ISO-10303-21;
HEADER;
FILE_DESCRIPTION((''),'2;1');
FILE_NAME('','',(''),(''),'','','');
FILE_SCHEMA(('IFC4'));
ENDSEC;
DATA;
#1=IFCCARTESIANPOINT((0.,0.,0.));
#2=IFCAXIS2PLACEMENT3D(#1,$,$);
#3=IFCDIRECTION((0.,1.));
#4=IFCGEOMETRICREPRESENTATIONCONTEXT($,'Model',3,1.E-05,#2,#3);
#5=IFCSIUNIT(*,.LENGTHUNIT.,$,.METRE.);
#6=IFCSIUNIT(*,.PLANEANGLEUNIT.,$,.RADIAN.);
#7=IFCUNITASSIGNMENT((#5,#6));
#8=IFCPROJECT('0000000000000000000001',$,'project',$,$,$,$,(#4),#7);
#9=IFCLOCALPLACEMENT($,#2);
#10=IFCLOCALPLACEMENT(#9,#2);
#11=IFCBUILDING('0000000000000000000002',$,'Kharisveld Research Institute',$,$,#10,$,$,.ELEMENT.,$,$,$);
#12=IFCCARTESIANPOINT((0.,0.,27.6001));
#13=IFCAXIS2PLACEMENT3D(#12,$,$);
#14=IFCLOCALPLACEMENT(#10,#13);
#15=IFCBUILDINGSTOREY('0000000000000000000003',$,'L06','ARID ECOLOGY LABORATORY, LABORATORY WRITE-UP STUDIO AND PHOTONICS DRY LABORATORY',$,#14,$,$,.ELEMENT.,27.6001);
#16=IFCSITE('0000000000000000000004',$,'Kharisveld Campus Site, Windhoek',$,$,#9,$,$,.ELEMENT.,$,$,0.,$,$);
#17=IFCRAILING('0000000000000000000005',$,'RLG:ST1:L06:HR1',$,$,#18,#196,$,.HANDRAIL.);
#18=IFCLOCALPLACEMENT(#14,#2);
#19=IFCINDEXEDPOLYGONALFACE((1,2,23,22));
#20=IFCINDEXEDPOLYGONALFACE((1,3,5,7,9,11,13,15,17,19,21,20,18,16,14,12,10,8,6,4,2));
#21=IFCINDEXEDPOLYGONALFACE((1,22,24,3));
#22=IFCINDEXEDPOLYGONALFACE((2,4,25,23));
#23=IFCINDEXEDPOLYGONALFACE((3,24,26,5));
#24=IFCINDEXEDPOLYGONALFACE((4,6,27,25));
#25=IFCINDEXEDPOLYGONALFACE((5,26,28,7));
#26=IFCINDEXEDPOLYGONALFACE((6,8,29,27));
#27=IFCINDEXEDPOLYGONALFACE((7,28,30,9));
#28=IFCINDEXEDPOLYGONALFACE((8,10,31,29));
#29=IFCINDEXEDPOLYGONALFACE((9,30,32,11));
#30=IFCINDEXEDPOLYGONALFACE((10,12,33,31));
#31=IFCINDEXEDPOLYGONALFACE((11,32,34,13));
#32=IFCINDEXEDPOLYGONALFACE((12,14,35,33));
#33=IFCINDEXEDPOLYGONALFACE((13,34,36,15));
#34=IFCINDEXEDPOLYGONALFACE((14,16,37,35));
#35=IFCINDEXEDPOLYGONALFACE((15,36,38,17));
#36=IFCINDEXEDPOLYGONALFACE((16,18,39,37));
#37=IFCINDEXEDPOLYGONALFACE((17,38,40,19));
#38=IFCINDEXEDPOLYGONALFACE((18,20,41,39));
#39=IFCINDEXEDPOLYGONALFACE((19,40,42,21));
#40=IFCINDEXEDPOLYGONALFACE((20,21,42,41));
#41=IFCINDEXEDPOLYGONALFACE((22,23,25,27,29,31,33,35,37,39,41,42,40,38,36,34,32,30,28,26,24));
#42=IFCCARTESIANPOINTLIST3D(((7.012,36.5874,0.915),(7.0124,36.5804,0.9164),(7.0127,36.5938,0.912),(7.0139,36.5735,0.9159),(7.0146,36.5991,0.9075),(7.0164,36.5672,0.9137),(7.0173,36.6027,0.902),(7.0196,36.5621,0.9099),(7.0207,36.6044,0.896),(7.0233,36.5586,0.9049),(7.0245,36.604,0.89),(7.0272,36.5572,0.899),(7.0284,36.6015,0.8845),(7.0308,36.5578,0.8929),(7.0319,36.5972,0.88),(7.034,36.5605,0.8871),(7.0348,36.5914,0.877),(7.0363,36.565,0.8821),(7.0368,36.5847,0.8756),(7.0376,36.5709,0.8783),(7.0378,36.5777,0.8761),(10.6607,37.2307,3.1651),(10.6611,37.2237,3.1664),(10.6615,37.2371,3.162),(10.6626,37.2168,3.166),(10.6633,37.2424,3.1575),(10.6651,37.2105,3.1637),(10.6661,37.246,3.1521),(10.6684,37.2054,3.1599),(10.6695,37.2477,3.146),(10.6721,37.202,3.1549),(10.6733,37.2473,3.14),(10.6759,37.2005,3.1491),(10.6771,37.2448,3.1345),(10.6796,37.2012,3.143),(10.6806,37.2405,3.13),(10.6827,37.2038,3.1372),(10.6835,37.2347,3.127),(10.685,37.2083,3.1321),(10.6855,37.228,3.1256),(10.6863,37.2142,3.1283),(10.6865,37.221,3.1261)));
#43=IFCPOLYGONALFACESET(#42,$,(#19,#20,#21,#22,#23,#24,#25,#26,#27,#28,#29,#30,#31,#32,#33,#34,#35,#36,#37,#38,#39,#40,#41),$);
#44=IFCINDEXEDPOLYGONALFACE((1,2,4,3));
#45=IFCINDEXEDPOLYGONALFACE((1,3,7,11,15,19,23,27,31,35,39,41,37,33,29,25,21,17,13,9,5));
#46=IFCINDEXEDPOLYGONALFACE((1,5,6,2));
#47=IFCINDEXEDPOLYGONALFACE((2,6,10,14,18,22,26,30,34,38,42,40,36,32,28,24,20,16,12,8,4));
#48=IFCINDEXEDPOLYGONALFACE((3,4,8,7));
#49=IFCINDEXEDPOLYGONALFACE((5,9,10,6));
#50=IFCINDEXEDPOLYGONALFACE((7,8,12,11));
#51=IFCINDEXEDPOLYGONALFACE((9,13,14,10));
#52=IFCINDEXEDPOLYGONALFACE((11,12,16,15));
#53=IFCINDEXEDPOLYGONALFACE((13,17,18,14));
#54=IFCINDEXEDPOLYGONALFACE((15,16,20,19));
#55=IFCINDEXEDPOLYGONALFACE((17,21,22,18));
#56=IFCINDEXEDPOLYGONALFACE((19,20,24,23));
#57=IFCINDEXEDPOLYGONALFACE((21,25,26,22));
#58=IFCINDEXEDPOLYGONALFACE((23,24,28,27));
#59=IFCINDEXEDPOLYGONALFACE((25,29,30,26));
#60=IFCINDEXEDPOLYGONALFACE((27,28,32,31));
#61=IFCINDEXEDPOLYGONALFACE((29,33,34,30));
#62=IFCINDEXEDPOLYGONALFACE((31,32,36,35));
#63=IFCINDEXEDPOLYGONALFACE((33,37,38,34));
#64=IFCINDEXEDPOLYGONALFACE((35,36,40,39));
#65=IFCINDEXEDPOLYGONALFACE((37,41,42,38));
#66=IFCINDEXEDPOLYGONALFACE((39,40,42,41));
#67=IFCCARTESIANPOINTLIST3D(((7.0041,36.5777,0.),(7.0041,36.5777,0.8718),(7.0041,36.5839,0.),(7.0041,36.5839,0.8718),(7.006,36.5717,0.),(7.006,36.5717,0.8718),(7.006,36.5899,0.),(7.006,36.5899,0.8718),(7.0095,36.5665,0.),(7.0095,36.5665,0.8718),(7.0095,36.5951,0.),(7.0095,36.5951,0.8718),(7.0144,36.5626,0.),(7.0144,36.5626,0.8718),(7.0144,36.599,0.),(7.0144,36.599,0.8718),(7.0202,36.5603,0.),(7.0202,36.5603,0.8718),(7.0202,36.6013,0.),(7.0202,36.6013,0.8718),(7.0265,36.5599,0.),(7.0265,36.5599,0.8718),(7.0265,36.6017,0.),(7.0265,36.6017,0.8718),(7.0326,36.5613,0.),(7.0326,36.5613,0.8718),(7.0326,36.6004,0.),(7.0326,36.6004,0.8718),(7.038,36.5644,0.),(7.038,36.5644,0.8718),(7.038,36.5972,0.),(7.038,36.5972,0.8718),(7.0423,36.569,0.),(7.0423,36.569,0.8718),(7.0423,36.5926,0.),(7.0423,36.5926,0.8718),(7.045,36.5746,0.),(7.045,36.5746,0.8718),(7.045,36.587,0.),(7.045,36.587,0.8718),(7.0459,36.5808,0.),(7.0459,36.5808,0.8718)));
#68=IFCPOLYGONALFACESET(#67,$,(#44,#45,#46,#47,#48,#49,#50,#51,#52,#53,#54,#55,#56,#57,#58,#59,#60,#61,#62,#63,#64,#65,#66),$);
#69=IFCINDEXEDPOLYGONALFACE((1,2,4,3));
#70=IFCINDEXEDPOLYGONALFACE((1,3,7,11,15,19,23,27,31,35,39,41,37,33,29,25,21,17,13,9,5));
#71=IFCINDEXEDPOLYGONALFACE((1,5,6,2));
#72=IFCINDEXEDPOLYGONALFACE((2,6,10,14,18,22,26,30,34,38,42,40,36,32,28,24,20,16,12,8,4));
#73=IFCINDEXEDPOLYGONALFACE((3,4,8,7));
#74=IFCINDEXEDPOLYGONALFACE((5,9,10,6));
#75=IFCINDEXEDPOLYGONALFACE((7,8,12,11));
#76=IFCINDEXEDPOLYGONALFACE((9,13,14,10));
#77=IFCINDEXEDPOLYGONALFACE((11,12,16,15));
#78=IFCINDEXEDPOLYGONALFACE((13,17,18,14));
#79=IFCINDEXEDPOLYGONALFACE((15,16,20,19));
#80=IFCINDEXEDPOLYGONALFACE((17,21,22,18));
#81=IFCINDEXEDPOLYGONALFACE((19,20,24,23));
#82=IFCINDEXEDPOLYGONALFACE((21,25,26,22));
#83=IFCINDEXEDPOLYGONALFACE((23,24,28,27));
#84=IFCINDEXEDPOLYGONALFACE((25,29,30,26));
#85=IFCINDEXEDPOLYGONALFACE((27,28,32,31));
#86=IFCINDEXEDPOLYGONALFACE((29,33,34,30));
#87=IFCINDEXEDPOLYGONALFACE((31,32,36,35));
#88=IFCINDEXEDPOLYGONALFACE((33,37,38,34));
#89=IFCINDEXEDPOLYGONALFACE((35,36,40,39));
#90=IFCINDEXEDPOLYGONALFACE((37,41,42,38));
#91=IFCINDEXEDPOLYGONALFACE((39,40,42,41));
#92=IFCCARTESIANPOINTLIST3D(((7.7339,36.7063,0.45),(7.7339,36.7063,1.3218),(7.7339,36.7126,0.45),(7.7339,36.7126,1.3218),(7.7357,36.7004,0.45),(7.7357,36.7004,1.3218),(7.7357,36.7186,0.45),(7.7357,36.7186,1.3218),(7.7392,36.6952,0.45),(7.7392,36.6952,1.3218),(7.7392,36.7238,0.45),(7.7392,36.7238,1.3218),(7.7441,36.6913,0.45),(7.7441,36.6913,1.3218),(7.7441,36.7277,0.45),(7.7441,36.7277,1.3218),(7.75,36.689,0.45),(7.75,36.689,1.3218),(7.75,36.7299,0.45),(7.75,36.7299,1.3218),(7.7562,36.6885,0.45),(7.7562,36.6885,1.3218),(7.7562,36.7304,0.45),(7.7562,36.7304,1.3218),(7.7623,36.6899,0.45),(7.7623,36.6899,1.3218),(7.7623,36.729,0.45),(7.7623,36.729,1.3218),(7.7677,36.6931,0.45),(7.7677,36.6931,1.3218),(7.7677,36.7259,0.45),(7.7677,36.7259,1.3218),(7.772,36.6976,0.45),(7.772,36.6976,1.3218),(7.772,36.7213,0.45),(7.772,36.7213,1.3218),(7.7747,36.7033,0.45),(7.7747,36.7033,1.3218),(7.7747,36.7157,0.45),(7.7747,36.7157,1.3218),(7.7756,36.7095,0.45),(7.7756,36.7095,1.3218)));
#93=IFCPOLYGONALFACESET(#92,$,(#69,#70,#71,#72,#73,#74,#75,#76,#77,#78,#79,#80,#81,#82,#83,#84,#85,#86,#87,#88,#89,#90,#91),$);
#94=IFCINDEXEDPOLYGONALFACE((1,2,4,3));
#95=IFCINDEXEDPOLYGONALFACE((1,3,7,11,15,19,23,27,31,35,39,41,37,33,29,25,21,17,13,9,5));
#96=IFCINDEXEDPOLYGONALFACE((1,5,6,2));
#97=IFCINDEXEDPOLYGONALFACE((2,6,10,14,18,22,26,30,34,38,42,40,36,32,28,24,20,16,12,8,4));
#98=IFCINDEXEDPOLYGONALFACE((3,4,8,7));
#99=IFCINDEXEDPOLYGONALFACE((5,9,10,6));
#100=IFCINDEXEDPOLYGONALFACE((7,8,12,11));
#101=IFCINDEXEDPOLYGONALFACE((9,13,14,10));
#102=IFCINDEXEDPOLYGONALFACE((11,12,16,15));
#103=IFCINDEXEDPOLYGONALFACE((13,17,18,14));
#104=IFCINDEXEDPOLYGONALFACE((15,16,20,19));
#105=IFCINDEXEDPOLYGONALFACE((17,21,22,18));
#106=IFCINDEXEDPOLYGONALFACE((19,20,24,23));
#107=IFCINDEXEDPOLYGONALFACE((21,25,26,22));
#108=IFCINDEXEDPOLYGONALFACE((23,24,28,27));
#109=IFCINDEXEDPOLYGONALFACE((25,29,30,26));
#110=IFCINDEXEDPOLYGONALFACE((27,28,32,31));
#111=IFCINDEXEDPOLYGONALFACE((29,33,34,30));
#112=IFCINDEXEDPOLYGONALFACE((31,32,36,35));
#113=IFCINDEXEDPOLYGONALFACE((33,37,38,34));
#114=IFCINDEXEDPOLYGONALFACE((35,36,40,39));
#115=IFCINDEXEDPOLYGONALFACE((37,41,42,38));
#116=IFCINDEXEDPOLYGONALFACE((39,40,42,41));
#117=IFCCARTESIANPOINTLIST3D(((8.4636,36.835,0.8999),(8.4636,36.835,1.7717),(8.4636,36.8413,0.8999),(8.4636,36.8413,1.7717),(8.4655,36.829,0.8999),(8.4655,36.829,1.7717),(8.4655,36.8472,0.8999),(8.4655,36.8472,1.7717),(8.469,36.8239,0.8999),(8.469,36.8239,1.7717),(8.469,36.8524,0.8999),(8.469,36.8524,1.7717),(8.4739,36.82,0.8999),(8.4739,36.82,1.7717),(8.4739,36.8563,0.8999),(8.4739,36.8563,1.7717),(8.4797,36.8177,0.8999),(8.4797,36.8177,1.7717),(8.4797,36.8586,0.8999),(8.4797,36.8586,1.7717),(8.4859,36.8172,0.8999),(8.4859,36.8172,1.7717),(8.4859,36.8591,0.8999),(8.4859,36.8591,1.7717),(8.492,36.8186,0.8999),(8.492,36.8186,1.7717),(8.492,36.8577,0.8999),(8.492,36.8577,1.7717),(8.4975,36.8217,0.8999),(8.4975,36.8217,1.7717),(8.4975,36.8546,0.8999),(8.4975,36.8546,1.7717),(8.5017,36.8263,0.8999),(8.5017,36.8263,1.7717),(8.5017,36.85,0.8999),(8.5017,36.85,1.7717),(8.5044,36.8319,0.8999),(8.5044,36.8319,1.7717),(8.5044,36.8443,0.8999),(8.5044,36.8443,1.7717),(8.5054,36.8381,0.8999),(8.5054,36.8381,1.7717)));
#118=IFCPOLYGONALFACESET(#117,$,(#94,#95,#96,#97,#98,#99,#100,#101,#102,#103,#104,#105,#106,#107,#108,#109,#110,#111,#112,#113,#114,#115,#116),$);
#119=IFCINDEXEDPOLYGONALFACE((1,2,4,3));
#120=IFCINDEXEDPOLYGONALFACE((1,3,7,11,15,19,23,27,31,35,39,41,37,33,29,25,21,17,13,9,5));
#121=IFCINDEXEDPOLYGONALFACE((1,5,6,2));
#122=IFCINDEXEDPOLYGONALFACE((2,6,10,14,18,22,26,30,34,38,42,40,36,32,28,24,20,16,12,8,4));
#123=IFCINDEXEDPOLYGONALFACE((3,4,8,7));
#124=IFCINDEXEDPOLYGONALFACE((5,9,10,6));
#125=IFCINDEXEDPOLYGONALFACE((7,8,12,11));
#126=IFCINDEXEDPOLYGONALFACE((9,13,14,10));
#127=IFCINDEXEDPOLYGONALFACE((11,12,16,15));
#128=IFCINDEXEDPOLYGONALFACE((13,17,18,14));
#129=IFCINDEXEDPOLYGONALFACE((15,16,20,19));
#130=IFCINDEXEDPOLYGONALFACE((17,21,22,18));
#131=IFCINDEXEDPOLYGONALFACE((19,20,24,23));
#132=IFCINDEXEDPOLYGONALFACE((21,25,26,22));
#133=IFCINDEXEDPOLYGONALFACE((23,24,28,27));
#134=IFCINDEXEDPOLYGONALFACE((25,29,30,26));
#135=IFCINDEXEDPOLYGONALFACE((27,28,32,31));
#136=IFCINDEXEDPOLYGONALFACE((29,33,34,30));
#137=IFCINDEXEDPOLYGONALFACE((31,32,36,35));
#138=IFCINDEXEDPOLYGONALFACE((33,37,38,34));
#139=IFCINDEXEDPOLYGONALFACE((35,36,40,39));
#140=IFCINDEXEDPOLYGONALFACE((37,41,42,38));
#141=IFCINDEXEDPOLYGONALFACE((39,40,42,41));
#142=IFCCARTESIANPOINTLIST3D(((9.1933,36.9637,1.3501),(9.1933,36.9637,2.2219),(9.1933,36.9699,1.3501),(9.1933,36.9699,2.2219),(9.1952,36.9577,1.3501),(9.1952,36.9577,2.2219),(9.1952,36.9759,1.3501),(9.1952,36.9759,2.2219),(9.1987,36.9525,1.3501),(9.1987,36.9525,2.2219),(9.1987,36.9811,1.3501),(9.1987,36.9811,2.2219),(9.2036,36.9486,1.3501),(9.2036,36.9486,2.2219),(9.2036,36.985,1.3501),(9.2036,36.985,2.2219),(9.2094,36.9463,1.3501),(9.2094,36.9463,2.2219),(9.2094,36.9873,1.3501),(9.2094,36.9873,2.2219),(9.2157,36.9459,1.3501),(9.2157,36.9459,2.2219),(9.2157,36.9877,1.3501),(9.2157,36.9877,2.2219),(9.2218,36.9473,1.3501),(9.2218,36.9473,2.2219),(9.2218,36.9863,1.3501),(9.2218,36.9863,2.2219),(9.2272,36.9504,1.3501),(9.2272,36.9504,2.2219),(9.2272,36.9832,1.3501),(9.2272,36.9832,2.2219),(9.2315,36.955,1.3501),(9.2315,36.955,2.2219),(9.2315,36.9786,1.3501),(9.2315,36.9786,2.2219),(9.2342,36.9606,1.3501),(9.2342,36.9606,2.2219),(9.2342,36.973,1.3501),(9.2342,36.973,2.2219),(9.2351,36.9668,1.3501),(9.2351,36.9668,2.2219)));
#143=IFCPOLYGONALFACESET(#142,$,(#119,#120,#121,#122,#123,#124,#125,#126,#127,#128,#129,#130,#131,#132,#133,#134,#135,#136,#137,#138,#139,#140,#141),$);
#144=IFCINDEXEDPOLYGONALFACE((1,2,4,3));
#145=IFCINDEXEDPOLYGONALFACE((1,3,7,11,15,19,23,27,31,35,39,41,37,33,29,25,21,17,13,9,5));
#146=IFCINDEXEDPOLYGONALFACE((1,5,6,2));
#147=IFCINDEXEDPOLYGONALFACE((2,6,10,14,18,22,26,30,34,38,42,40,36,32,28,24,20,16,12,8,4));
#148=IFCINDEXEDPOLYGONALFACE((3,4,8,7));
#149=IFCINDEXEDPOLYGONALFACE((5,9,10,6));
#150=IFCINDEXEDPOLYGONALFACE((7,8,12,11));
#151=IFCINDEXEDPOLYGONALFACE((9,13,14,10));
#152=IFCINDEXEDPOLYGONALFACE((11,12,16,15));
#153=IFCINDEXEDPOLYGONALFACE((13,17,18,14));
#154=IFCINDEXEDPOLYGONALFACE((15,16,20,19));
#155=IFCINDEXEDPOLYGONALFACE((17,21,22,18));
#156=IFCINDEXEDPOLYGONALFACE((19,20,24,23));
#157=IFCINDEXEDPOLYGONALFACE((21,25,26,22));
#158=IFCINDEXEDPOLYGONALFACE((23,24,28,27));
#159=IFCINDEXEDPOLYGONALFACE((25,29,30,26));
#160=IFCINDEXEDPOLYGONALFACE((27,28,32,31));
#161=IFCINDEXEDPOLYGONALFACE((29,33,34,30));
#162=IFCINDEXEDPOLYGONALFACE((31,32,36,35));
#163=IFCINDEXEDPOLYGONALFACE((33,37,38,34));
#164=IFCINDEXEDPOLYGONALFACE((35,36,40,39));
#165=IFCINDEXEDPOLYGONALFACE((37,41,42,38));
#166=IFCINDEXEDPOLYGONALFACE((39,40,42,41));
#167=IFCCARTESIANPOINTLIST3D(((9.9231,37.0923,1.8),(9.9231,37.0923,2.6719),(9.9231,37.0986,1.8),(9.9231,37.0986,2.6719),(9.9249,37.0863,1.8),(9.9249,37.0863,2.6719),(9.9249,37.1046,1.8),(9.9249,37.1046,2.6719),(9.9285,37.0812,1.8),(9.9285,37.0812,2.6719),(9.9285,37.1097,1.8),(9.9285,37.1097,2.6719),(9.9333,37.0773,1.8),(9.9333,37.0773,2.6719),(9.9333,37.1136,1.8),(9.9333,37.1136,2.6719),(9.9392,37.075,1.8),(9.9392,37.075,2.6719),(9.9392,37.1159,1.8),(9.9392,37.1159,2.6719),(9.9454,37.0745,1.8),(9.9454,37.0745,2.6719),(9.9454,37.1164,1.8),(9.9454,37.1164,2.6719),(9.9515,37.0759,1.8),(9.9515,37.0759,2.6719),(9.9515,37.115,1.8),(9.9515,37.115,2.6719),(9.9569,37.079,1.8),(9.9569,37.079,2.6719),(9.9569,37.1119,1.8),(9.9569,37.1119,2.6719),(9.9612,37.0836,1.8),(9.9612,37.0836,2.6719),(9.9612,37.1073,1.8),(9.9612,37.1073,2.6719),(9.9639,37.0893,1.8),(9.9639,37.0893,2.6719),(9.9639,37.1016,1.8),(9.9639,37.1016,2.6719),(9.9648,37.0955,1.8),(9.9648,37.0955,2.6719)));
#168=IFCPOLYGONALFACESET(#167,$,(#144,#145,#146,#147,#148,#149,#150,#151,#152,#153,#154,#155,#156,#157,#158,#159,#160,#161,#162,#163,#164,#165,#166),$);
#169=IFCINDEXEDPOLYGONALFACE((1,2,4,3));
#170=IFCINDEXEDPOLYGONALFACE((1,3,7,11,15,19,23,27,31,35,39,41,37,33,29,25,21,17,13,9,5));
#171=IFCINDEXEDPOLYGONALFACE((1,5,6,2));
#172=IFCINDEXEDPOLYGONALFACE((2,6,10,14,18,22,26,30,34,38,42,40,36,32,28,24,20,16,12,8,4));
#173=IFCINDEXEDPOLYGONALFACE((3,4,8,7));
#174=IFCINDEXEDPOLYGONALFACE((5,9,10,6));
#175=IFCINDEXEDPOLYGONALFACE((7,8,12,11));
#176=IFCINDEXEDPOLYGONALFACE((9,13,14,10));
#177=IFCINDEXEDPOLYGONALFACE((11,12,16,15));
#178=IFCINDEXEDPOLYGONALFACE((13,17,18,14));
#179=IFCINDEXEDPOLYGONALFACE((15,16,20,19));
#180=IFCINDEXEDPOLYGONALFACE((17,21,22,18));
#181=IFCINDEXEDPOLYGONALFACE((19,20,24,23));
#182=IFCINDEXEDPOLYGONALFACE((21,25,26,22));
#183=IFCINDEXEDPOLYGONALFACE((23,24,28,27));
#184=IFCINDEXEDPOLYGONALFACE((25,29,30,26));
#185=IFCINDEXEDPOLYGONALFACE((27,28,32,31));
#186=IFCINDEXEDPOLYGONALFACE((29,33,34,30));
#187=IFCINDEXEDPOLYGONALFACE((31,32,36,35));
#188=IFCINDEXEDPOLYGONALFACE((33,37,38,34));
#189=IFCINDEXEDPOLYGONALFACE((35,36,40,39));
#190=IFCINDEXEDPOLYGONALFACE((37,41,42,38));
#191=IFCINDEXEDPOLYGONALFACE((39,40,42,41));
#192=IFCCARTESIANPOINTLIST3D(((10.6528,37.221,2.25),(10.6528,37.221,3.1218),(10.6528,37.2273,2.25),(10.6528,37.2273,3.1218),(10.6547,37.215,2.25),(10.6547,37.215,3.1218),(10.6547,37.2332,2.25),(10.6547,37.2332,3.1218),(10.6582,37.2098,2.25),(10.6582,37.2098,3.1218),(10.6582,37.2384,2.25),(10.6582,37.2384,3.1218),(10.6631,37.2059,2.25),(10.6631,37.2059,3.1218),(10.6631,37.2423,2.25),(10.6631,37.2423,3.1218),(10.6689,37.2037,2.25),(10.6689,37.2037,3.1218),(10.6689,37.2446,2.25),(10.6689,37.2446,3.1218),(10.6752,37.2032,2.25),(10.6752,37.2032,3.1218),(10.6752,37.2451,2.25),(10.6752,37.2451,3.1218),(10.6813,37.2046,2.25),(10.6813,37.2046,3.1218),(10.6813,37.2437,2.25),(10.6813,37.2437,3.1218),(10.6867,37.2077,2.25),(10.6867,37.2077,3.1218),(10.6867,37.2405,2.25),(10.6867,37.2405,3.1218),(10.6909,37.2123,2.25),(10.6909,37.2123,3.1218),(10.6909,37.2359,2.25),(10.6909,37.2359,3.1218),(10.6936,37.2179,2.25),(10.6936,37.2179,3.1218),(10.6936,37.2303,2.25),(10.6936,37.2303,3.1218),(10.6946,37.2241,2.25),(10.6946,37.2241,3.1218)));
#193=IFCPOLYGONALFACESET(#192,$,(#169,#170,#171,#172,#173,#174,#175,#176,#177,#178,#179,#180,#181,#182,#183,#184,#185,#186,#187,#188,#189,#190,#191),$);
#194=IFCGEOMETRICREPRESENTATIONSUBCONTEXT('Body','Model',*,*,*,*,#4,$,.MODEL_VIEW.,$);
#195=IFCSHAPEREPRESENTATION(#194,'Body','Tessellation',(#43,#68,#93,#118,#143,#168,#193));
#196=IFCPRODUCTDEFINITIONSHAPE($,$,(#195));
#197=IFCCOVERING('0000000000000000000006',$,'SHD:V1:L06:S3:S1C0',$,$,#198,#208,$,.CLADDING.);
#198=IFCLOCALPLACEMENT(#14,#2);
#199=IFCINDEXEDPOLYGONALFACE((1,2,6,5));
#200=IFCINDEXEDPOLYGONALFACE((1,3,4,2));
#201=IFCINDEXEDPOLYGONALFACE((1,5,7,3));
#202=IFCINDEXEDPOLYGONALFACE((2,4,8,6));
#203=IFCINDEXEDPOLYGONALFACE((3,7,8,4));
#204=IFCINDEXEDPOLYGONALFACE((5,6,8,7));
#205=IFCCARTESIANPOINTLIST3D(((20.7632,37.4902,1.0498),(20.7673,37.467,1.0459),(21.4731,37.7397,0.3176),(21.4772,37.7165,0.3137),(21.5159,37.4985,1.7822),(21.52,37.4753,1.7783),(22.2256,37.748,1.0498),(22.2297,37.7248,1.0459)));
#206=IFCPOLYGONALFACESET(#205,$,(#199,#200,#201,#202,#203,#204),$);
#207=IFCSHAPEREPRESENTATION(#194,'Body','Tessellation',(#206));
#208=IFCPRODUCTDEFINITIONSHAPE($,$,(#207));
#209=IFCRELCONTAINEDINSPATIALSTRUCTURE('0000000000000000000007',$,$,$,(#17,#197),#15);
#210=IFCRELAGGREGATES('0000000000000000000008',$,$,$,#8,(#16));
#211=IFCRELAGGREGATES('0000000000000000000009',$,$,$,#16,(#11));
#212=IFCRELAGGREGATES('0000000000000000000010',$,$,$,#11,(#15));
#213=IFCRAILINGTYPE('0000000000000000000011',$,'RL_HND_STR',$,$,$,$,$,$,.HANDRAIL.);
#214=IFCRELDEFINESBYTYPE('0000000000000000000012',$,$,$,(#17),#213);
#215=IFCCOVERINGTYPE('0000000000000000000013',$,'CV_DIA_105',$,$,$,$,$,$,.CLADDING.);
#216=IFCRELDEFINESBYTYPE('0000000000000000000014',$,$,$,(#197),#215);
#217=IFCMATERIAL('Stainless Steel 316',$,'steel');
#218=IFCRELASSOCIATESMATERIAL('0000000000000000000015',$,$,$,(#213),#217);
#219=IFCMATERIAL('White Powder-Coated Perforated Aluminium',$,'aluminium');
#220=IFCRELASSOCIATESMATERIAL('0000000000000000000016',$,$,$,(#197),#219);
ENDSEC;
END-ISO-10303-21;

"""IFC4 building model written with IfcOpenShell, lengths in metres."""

from ifc_helpers import new_model, si_unit, direction, frame, origin, origin_2d, place, context, subcontext, project, spatial, polyline, circle, outline, extrude, material, type_object, element, save


model = new_model("IFC4")

# Units and contexts
model_context = context("Model", 3, precision=1e-05, world=origin(), true_north=direction((0.0, 1.0)))
body_context = subcontext(model_context, "Body", "Model", "MODEL_VIEW")
ifc_project = project(units=[si_unit("LENGTHUNIT", "METRE"), si_unit("PLANEANGLEUNIT", "RADIAN")], contexts=[model_context])

# Site, building, storey
site_placement = place(None, origin())
site = spatial("IfcSite", under=ifc_project, at=site_placement, Name="Kharisveld Campus Site, Windhoek", CompositionType="ELEMENT", RefElevation=0.0)
building_placement = place(site_placement, origin())
building = spatial("IfcBuilding", under=site, at=building_placement, Name="Kharisveld Research Institute", CompositionType="ELEMENT")
storey_placement = place(building_placement, frame((0.0, 0.0, 27.6001)))
storey = spatial("IfcBuildingStorey", under=building, at=storey_placement, Name="L06", Description="ARID ECOLOGY LABORATORY, LABORATORY WRITE-UP STUDIO AND PHOTONICS DRY LABORATORY", CompositionType="ELEMENT", Elevation=27.6001)

# Railing
ifc_material_1 = material(Name="Stainless Steel 316", Category="steel")
railing_type = type_object("IfcRailingType", Name="RL_HND_STR", PredefinedType="HANDRAIL", material=ifc_material_1)
railing_placement = place(storey_placement, frame((7.0249, 36.5808, 0.0)))
element("IfcRailing", 1, at=railing_placement, inside=storey, type_object=railing_type, Name="RLG:ST1:L06:HR1", PredefinedType="HANDRAIL", context=body_context, shape_type="SweptSolid", body=[
    extrude(circle(Radius=0.0239, at=origin_2d()), frame((0.0, 0.0, 0.896), z_axis=(0.841747, 0.148411, 0.519073), x_axis=(-0.173635, 0.98481, 0.0)), (0.0, 0.0, 1.0), 4.3347),
    extrude(circle(Radius=0.021, at=origin_2d()), origin(), (0.0, 0.0, 1.0), 0.8718),
    extrude(circle(Radius=0.021, at=origin_2d()), frame((0.7297, 0.1287, 0.45)), (0.0, 0.0, 1.0), 0.8718),
    extrude(circle(Radius=0.021, at=origin_2d()), frame((1.4595, 0.2573, 0.8999)), (0.0, 0.0, 1.0), 0.8718),
    extrude(circle(Radius=0.021, at=origin_2d()), frame((2.1892, 0.386, 1.3501)), (0.0, 0.0, 1.0), 0.8718),
    extrude(circle(Radius=0.021, at=origin_2d()), frame((2.9189, 0.5146, 1.8)), (0.0, 0.0, 1.0), 0.8718),
    extrude(circle(Radius=0.021, at=origin_2d()), frame((3.6487, 0.6433, 2.25)), (0.0, 0.0, 1.0), 0.8718),
])

# Covering
ifc_material_2 = material(Name="White Powder-Coated Perforated Aluminium", Category="aluminium")
covering_type = type_object("IfcCoveringType", Name="CV_DIA_105", PredefinedType="CLADDING")
covering_1_placement = place(storey_placement, frame((21.4731, 37.7397, 0.3176), z_axis=(-0.171238, 0.971321, 0.164966), x_axis=(-0.676188, -0.237643, 0.697348)))
element("IfcCovering", 2, at=covering_1_placement, inside=storey, type_object=covering_type, material=ifc_material_2, Name="SHD:V1:L06:S3:S1C0", PredefinedType="CLADDING", context=body_context, shape_type="SweptSolid", body=[
    extrude(outline(polyline([(0.0, 0.0), (1.0499, 0.0), (1.0498, 1.0503), (-0.0002, 1.0499), (0.0, 0.0)])), origin(), (0.0, 0.0, -1.0), 0.0239),
])

save(model, "model.ifc")
